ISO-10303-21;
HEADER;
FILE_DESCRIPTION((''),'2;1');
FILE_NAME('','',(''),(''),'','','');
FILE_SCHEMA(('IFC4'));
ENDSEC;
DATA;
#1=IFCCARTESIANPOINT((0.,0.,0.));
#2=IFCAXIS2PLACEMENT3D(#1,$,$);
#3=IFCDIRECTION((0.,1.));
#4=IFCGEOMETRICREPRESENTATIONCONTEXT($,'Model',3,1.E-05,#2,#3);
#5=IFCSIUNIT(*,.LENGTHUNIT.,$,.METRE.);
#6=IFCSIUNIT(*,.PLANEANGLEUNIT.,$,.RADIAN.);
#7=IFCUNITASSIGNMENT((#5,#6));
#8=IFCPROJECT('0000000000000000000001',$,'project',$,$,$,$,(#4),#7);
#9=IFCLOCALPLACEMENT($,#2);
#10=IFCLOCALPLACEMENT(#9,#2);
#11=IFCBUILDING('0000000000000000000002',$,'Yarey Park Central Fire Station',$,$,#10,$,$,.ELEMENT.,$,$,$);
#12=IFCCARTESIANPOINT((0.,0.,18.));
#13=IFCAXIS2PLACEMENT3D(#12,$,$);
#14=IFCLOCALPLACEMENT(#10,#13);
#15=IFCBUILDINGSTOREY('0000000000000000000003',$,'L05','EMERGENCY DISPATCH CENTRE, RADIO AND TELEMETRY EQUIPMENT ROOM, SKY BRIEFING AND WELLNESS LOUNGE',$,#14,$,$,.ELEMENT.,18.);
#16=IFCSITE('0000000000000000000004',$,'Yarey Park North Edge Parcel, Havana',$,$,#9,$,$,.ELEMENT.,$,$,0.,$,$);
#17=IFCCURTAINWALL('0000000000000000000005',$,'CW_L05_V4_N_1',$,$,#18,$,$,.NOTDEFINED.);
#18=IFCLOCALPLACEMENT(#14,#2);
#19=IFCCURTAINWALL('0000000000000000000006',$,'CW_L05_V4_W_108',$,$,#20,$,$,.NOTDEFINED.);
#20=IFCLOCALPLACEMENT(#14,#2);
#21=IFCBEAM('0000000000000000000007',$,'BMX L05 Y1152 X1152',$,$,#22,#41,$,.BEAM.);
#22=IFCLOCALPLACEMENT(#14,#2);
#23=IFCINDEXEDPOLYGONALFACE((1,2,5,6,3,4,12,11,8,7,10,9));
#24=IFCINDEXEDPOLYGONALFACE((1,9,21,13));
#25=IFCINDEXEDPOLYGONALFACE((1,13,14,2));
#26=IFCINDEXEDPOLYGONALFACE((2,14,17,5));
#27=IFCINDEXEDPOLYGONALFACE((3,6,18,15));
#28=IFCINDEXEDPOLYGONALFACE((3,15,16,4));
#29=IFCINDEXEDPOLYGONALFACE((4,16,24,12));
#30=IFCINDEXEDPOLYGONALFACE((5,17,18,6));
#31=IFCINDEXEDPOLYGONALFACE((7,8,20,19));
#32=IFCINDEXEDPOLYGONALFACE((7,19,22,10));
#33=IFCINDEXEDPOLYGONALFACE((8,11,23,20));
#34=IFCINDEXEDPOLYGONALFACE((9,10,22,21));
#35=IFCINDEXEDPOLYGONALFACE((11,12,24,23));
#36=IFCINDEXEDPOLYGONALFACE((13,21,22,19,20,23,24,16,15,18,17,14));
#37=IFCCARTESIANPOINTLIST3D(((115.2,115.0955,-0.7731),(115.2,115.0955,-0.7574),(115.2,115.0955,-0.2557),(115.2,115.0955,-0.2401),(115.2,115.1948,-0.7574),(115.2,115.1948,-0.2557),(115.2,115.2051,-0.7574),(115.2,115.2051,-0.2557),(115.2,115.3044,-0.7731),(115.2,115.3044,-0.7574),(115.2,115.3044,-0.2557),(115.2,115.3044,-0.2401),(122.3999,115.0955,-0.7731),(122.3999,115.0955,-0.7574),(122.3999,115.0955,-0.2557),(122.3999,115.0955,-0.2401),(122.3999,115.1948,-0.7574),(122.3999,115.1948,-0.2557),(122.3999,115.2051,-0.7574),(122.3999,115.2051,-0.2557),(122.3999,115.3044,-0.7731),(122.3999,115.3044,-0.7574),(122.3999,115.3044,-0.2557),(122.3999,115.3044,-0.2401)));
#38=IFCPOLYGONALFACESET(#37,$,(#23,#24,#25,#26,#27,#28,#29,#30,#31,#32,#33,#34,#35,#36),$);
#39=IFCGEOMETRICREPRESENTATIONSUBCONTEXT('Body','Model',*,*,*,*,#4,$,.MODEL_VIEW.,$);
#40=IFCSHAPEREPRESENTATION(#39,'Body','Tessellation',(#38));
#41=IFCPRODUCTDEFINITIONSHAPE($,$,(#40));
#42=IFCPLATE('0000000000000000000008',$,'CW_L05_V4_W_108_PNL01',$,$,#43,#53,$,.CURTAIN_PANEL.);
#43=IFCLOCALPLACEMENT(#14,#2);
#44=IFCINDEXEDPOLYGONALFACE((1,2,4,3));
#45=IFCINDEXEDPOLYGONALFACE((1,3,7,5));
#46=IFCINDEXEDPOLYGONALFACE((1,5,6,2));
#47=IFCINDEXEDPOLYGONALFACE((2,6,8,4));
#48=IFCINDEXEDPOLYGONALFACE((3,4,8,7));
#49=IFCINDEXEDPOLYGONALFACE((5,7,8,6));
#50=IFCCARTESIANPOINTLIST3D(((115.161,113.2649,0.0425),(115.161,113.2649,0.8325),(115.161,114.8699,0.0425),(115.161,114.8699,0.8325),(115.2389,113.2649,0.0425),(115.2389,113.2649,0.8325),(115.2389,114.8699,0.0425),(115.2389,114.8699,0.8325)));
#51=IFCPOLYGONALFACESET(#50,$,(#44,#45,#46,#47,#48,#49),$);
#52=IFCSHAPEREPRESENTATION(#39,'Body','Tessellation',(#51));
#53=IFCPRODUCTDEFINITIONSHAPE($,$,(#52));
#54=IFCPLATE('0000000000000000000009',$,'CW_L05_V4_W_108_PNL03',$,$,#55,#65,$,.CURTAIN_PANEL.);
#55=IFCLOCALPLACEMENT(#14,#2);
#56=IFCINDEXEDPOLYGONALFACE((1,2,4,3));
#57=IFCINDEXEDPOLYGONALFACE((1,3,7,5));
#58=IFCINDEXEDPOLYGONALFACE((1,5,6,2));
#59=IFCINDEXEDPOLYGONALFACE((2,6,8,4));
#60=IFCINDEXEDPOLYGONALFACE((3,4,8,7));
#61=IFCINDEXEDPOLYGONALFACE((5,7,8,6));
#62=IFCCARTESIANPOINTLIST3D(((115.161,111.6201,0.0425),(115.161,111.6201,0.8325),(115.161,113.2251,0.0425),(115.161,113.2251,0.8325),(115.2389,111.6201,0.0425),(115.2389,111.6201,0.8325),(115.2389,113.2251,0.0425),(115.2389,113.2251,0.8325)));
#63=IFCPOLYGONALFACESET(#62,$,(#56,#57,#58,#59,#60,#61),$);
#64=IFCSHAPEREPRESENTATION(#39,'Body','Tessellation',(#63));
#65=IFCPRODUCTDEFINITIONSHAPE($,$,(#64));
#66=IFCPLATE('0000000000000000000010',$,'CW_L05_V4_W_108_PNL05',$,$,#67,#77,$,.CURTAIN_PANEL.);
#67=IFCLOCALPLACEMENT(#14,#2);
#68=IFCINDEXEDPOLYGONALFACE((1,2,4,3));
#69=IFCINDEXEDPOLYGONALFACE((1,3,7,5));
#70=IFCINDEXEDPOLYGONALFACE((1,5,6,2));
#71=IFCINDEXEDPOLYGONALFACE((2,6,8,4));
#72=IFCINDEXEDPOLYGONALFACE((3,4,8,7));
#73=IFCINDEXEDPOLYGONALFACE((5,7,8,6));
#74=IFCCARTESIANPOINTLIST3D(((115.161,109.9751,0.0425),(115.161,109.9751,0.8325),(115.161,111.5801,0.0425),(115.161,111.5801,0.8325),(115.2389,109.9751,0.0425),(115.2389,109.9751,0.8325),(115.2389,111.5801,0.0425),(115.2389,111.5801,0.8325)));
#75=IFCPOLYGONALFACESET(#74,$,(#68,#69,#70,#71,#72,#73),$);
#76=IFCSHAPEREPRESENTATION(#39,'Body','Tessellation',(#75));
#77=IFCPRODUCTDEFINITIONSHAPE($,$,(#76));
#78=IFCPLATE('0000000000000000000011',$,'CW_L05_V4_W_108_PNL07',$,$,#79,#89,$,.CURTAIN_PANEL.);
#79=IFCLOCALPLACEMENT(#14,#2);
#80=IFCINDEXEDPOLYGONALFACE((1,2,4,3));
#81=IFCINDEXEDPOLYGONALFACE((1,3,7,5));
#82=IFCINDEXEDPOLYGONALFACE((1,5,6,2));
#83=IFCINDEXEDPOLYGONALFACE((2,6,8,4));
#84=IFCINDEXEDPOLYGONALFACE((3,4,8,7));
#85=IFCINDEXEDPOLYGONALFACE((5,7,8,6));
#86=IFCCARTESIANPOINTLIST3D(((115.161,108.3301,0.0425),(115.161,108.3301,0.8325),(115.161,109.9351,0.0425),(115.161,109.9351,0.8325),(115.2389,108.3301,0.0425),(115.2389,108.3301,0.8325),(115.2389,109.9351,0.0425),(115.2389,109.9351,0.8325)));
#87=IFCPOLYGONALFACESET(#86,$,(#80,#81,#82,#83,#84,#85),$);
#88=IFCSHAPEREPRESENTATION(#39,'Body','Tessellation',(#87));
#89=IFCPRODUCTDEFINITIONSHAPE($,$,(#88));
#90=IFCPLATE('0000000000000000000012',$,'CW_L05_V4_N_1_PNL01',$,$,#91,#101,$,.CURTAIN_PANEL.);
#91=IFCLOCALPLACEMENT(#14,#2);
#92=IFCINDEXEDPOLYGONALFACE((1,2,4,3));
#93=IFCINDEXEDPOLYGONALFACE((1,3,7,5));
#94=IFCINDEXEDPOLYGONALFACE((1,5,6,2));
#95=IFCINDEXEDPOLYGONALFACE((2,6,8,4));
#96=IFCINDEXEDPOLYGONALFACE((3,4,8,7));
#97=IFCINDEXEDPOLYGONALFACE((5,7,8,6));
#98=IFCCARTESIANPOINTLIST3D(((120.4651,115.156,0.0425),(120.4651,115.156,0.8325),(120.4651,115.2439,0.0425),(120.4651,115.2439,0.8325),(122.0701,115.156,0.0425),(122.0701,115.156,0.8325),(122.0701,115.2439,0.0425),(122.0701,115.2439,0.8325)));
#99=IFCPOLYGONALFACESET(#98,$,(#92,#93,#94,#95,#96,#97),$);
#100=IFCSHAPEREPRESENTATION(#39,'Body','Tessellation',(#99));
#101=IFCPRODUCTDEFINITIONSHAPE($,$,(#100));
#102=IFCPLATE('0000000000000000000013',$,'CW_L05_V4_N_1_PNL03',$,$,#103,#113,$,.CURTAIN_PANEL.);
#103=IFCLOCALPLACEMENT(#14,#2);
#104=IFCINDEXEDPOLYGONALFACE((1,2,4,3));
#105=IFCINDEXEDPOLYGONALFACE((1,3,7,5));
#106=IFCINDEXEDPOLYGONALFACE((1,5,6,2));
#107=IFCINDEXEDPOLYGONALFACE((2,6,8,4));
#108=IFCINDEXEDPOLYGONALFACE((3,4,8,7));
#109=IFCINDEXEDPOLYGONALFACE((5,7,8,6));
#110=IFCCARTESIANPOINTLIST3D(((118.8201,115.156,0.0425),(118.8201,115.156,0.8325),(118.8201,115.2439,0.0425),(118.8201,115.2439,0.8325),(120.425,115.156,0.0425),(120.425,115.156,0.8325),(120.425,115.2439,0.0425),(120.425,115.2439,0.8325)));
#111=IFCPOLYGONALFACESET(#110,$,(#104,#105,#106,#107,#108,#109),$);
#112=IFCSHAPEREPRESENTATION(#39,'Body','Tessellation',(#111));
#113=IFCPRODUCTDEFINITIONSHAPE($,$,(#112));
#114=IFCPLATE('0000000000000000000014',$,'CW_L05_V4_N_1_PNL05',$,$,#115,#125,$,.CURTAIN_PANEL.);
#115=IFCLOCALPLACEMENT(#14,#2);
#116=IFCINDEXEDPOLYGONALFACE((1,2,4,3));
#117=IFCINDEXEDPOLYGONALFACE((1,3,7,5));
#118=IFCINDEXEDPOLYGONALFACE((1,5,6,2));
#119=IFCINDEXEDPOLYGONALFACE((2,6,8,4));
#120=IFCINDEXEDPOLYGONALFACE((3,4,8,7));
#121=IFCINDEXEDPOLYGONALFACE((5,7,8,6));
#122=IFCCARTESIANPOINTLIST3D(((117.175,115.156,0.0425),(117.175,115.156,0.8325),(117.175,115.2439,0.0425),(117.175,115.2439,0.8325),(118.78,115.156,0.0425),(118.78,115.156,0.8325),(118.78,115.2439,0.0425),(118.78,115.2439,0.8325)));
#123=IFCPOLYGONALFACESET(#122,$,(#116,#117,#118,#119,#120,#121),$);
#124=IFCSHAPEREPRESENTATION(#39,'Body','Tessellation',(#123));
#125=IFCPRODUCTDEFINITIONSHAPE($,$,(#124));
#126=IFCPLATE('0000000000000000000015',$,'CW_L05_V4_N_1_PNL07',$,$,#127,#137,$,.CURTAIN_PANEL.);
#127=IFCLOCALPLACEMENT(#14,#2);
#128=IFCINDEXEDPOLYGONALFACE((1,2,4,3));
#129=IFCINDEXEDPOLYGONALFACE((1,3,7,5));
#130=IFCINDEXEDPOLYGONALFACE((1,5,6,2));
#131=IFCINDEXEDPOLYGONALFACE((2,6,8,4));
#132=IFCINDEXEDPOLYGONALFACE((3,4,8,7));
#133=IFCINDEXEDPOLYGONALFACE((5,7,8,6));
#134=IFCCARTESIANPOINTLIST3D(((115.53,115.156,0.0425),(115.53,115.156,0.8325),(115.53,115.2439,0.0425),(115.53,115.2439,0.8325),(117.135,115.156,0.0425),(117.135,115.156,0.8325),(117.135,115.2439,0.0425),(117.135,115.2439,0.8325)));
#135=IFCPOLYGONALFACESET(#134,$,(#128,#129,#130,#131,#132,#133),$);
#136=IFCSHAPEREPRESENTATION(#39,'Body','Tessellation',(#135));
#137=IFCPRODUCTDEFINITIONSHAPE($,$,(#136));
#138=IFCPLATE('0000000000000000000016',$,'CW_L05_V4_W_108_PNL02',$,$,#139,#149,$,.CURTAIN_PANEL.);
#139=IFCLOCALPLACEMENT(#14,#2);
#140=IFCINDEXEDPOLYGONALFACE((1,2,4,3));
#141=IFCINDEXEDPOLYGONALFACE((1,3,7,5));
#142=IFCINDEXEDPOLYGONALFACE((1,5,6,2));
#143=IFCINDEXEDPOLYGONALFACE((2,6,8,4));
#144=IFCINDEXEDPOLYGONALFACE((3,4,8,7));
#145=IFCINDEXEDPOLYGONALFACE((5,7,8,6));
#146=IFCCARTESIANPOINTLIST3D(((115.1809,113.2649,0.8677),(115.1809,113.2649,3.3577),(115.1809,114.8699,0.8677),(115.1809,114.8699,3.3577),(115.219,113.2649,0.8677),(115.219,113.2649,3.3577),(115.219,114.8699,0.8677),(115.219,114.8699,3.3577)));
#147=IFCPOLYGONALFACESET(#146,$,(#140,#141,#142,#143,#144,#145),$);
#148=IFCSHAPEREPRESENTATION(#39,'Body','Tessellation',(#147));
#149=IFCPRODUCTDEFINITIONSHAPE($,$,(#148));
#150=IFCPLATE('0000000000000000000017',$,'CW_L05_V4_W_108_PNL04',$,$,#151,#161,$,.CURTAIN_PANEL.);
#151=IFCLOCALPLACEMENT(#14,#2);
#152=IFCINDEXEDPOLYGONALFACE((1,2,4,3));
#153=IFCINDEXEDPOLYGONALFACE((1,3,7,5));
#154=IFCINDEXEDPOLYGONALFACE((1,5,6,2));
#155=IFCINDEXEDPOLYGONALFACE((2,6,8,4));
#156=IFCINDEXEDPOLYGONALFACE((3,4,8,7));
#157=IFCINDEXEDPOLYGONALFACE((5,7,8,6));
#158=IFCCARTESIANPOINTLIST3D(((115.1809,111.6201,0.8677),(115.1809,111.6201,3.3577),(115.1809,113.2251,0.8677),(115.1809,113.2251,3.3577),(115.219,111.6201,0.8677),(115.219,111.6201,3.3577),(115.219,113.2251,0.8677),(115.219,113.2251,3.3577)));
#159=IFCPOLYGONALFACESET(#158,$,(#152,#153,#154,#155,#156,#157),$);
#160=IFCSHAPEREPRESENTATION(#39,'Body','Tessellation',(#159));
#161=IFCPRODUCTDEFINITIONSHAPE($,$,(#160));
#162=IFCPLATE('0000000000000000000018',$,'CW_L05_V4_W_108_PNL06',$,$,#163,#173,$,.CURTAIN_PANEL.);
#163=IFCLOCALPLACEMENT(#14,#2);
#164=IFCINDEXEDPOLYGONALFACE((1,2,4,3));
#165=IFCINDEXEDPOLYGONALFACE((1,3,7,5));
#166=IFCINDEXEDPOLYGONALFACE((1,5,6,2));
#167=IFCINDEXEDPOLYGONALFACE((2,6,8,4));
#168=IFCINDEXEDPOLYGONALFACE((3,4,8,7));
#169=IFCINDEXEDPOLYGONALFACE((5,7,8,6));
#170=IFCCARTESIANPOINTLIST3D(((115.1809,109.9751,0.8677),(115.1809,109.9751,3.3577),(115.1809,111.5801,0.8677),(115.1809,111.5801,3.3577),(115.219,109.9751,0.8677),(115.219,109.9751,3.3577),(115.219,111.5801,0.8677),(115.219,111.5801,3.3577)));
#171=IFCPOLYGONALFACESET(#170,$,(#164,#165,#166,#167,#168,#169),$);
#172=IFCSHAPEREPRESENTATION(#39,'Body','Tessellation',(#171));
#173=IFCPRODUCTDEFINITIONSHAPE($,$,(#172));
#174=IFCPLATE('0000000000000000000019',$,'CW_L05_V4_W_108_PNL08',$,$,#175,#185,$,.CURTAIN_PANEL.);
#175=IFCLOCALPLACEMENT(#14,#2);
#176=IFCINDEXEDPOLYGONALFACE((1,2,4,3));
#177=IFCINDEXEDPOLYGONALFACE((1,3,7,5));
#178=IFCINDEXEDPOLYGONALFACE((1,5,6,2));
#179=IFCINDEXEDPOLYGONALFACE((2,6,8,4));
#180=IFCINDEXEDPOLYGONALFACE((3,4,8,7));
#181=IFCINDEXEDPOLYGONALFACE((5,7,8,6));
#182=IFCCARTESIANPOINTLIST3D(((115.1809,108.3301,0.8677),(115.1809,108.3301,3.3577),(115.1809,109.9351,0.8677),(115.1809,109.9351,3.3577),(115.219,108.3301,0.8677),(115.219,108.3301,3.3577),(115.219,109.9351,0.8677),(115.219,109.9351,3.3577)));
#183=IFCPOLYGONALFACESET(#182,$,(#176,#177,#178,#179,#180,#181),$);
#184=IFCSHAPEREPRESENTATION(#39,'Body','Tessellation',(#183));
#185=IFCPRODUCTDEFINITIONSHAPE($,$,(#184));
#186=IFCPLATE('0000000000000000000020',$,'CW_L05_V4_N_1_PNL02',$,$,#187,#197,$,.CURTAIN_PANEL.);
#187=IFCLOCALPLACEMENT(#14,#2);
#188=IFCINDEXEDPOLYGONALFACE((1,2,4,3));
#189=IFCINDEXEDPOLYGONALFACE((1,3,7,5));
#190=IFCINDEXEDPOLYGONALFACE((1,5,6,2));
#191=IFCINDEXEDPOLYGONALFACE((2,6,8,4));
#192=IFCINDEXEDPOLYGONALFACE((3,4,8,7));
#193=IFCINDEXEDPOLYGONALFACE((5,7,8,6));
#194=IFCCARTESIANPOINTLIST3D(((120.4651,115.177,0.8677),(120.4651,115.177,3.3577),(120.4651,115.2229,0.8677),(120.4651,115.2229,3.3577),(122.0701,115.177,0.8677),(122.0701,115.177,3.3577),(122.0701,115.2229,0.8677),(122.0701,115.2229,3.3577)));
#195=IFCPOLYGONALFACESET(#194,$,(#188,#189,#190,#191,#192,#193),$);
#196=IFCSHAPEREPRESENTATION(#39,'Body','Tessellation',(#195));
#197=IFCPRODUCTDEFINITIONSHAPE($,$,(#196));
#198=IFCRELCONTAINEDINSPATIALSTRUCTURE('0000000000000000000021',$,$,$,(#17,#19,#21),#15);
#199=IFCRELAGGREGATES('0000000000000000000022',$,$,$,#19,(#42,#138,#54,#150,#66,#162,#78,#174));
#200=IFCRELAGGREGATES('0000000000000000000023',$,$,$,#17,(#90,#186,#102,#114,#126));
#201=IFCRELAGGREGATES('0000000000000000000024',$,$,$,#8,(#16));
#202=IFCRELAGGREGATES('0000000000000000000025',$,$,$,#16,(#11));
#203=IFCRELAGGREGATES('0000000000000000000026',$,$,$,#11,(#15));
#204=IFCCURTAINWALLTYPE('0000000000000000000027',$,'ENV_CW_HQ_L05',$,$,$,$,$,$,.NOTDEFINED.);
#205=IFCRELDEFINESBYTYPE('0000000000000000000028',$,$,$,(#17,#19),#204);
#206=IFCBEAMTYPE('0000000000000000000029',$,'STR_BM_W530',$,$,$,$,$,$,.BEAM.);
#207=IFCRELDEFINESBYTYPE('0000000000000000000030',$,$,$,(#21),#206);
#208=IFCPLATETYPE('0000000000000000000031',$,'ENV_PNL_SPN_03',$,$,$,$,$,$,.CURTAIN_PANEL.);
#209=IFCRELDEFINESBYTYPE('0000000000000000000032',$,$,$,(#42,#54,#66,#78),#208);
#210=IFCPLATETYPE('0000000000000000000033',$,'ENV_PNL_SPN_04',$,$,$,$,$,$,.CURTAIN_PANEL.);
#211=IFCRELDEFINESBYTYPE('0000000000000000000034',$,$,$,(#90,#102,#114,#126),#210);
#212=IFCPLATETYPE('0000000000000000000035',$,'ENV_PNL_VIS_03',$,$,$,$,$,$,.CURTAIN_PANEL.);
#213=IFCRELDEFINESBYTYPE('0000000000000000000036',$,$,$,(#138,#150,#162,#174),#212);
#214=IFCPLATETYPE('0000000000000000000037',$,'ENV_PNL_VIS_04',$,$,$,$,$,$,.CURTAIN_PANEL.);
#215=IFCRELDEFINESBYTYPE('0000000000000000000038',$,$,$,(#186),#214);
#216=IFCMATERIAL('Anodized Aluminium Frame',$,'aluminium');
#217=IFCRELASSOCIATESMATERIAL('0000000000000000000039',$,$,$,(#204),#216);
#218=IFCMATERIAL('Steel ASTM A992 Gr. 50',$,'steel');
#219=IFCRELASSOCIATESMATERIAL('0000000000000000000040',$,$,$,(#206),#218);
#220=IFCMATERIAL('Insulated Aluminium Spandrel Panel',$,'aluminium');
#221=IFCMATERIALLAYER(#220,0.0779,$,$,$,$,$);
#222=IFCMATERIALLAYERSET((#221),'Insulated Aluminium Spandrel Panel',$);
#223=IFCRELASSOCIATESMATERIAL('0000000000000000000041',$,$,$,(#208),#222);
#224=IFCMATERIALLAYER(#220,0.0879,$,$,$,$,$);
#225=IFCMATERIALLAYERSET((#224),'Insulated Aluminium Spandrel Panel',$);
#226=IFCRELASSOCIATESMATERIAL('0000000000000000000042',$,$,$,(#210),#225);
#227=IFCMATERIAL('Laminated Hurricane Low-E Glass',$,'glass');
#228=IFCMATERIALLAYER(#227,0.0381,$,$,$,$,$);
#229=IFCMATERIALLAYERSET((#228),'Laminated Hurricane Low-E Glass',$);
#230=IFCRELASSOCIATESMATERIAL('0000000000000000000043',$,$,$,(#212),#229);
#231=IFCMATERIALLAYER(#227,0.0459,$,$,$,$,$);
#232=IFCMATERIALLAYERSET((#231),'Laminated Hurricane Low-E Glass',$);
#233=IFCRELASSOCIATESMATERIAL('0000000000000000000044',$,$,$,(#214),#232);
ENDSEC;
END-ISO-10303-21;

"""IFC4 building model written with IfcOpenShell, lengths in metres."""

from ifc_helpers import new_model, si_unit, direction, frame, origin, origin_2d, place, context, subcontext, project, spatial, rectangle, i_section, extrude, material, layer, layer_set, material_profile, profile_set, type_object, element, aggregate, save


model = new_model("IFC4")

# Units and contexts
model_context = context("Model", 3, precision=1e-05, world=origin(), true_north=direction((0.0, 1.0)))
body_context = subcontext(model_context, "Body", "Model", "MODEL_VIEW")
ifc_project = project(units=[si_unit("LENGTHUNIT", "METRE"), si_unit("PLANEANGLEUNIT", "RADIAN")], contexts=[model_context])

# Site, building, storey
site_placement = place(None, origin())
site = spatial("IfcSite", under=ifc_project, at=site_placement, Name="Yarey Park North Edge Parcel, Havana", CompositionType="ELEMENT", RefElevation=0.0)
building_placement = place(site_placement, origin())
building = spatial("IfcBuilding", under=site, at=building_placement, Name="Yarey Park Central Fire Station", CompositionType="ELEMENT")
storey_placement = place(building_placement, frame((0.0, 0.0, 18.0)))
storey = spatial("IfcBuildingStorey", under=building, at=storey_placement, Name="L05", Description="EMERGENCY DISPATCH CENTRE, RADIO AND TELEMETRY EQUIPMENT ROOM, SKY BRIEFING AND WELLNESS LOUNGE", CompositionType="ELEMENT", Elevation=18.0)

# Curtain walls
ifc_material_1 = material(Name="Anodized Aluminium Frame", Category="aluminium")
curtain_wall_type = type_object("IfcCurtainWallType", Name="ENV_CW_HQ_L05", PredefinedType="NOTDEFINED", material=ifc_material_1)
curtain_wall_1_placement = place(storey_placement, origin())
curtain_wall_1 = element("IfcCurtainWall", 1, at=curtain_wall_1_placement, inside=storey, type_object=curtain_wall_type, Name="CW_L05_V4_N_1", PredefinedType="NOTDEFINED")
curtain_wall_2_placement = place(storey_placement, origin())
curtain_wall_2 = element("IfcCurtainWall", 2, at=curtain_wall_2_placement, inside=storey, type_object=curtain_wall_type, Name="CW_L05_V4_W_108", PredefinedType="NOTDEFINED")

# Beam
ifc_material_2 = material(Name="Steel ASTM A992 Gr. 50", Category="steel")
ifc_material_profile_1 = material_profile(ifc_material_2, i_section(OverallWidth=0.209, OverallDepth=0.533, WebThickness=0.0103, FlangeThickness=0.0156, at=origin_2d()), Name="W530x92")
ifc_profile_set_1 = profile_set([ifc_material_profile_1], Name="Steel ASTM A992 Gr. 50")
beam_type = type_object("IfcBeamType", Name="STR_BM_W530", PredefinedType="BEAM", material=ifc_profile_set_1)
beam_placement = place(storey_placement, frame((115.2, 115.2, -0.5066), z_axis=(1.0, 0.0, 0.0), x_axis=(0.0, 1.0, 0.0)))
element("IfcBeam", 3, at=beam_placement, inside=storey, type_object=beam_type, Name="BMX L05 Y1152 X1152", PredefinedType="BEAM", context=body_context, shape_type="SweptSolid", body=[
    extrude(i_section(OverallWidth=0.209, OverallDepth=0.533, WebThickness=0.0103, FlangeThickness=0.0156, at=origin_2d()), origin(), (0.0, 0.0, 1.0), 7.2),
])

# Plates
ifc_material_3 = material(Name="Insulated Aluminium Spandrel Panel", Category="aluminium")
ifc_layer_1 = layer(ifc_material_3, 0.0779)
ifc_layer_set_1 = layer_set([ifc_layer_1], Name="Insulated Aluminium Spandrel Panel")
plate_type_1 = type_object("IfcPlateType", Name="ENV_PNL_SPN_03", PredefinedType="CURTAIN_PANEL", material=ifc_layer_set_1)
plate_1_placement = place(storey_placement, frame((115.2, 114.0674, 0.0425), z_axis=(0.0, 0.0, 1.0), x_axis=(0.0, -1.0, 0.0)))
plate_1 = element("IfcPlate", 4, at=plate_1_placement, type_object=plate_type_1, Name="CW_L05_V4_W_108_PNL01", PredefinedType="CURTAIN_PANEL", context=body_context, shape_type="SweptSolid", body=[
    extrude(rectangle(XDim=1.605, YDim=0.0779, at=origin_2d()), origin(), (0.0, 0.0, 1.0), 0.79),
])
plate_2_placement = place(storey_placement, frame((115.2, 112.4226, 0.0425), z_axis=(0.0, 0.0, 1.0), x_axis=(0.0, -1.0, 0.0)))
plate_2 = element("IfcPlate", 5, at=plate_2_placement, type_object=plate_type_1, Name="CW_L05_V4_W_108_PNL03", PredefinedType="CURTAIN_PANEL", context=body_context, shape_type="SweptSolid", body=[
    extrude(rectangle(XDim=1.605, YDim=0.0779, at=origin_2d()), origin(), (0.0, 0.0, 1.0), 0.79),
])
plate_3_placement = place(storey_placement, frame((115.2, 110.7776, 0.0425), z_axis=(0.0, 0.0, 1.0), x_axis=(0.0, -1.0, 0.0)))
plate_3 = element("IfcPlate", 6, at=plate_3_placement, type_object=plate_type_1, Name="CW_L05_V4_W_108_PNL05", PredefinedType="CURTAIN_PANEL", context=body_context, shape_type="SweptSolid", body=[
    extrude(rectangle(XDim=1.605, YDim=0.0779, at=origin_2d()), origin(), (0.0, 0.0, 1.0), 0.79),
])
plate_4_placement = place(storey_placement, frame((115.2, 109.1326, 0.0425), z_axis=(0.0, 0.0, 1.0), x_axis=(0.0, -1.0, 0.0)))
plate_4 = element("IfcPlate", 7, at=plate_4_placement, type_object=plate_type_1, Name="CW_L05_V4_W_108_PNL07", PredefinedType="CURTAIN_PANEL", context=body_context, shape_type="SweptSolid", body=[
    extrude(rectangle(XDim=1.605, YDim=0.0779, at=origin_2d()), origin(), (0.0, 0.0, 1.0), 0.79),
])
ifc_layer_2 = layer(ifc_material_3, 0.0879)
ifc_layer_set_2 = layer_set([ifc_layer_2], Name="Insulated Aluminium Spandrel Panel")
plate_type_2 = type_object("IfcPlateType", Name="ENV_PNL_SPN_04", PredefinedType="CURTAIN_PANEL", material=ifc_layer_set_2)
plate_5_placement = place(storey_placement, frame((121.2676, 115.2, 0.0425), z_axis=(0.0, 0.0, 1.0), x_axis=(-1.0, 0.0, 0.0)))
plate_5 = element("IfcPlate", 8, at=plate_5_placement, type_object=plate_type_2, Name="CW_L05_V4_N_1_PNL01", PredefinedType="CURTAIN_PANEL", context=body_context, shape_type="SweptSolid", body=[
    extrude(rectangle(XDim=1.605, YDim=0.0879, at=origin_2d()), origin(), (0.0, 0.0, 1.0), 0.79),
])
plate_6_placement = place(storey_placement, frame((119.6226, 115.2, 0.0425), z_axis=(0.0, 0.0, 1.0), x_axis=(-1.0, 0.0, 0.0)))
plate_6 = element("IfcPlate", 9, at=plate_6_placement, type_object=plate_type_2, Name="CW_L05_V4_N_1_PNL03", PredefinedType="CURTAIN_PANEL", context=body_context, shape_type="SweptSolid", body=[
    extrude(rectangle(XDim=1.605, YDim=0.0879, at=origin_2d()), origin(), (0.0, 0.0, 1.0), 0.79),
])
plate_7_placement = place(storey_placement, frame((117.9775, 115.2, 0.0425), z_axis=(0.0, 0.0, 1.0), x_axis=(-1.0, 0.0, 0.0)))
plate_7 = element("IfcPlate", 10, at=plate_7_placement, type_object=plate_type_2, Name="CW_L05_V4_N_1_PNL05", PredefinedType="CURTAIN_PANEL", context=body_context, shape_type="SweptSolid", body=[
    extrude(rectangle(XDim=1.605, YDim=0.0879, at=origin_2d()), origin(), (0.0, 0.0, 1.0), 0.79),
])
plate_8_placement = place(storey_placement, frame((116.3325, 115.2, 0.0425), z_axis=(0.0, 0.0, 1.0), x_axis=(-1.0, 0.0, 0.0)))
plate_8 = element("IfcPlate", 11, at=plate_8_placement, type_object=plate_type_2, Name="CW_L05_V4_N_1_PNL07", PredefinedType="CURTAIN_PANEL", context=body_context, shape_type="SweptSolid", body=[
    extrude(rectangle(XDim=1.605, YDim=0.0879, at=origin_2d()), origin(), (0.0, 0.0, 1.0), 0.79),
])
ifc_material_4 = material(Name="Laminated Hurricane Low-E Glass", Category="glass")
ifc_layer_3 = layer(ifc_material_4, 0.0381)
ifc_layer_set_3 = layer_set([ifc_layer_3], Name="Laminated Hurricane Low-E Glass")
plate_type_3 = type_object("IfcPlateType", Name="ENV_PNL_VIS_03", PredefinedType="CURTAIN_PANEL", material=ifc_layer_set_3)
plate_9_placement = place(storey_placement, frame((115.2, 114.0674, 0.8677), z_axis=(0.0, 0.0, 1.0), x_axis=(0.0, -1.0, 0.0)))
plate_9 = element("IfcPlate", 12, at=plate_9_placement, type_object=plate_type_3, Name="CW_L05_V4_W_108_PNL02", PredefinedType="CURTAIN_PANEL", context=body_context, shape_type="SweptSolid", body=[
    extrude(rectangle(XDim=1.605, YDim=0.0381, at=origin_2d()), origin(), (0.0, 0.0, 1.0), 2.49),
])
plate_10_placement = place(storey_placement, frame((115.2, 112.4226, 0.8677), z_axis=(0.0, 0.0, 1.0), x_axis=(0.0, -1.0, 0.0)))
plate_10 = element("IfcPlate", 13, at=plate_10_placement, type_object=plate_type_3, Name="CW_L05_V4_W_108_PNL04", PredefinedType="CURTAIN_PANEL", context=body_context, shape_type="SweptSolid", body=[
    extrude(rectangle(XDim=1.605, YDim=0.0381, at=origin_2d()), origin(), (0.0, 0.0, 1.0), 2.49),
])
plate_11_placement = place(storey_placement, frame((115.2, 110.7776, 0.8677), z_axis=(0.0, 0.0, 1.0), x_axis=(0.0, -1.0, 0.0)))
plate_11 = element("IfcPlate", 14, at=plate_11_placement, type_object=plate_type_3, Name="CW_L05_V4_W_108_PNL06", PredefinedType="CURTAIN_PANEL", context=body_context, shape_type="SweptSolid", body=[
    extrude(rectangle(XDim=1.605, YDim=0.0381, at=origin_2d()), origin(), (0.0, 0.0, 1.0), 2.49),
])
plate_12_placement = place(storey_placement, frame((115.2, 109.1326, 0.8677), z_axis=(0.0, 0.0, 1.0), x_axis=(0.0, -1.0, 0.0)))
plate_12 = element("IfcPlate", 15, at=plate_12_placement, type_object=plate_type_3, Name="CW_L05_V4_W_108_PNL08", PredefinedType="CURTAIN_PANEL", context=body_context, shape_type="SweptSolid", body=[
    extrude(rectangle(XDim=1.605, YDim=0.0381, at=origin_2d()), origin(), (0.0, 0.0, 1.0), 2.49),
])
aggregate(curtain_wall_2, [plate_1, plate_9, plate_2, plate_10, plate_3, plate_11, plate_4, plate_12])
ifc_layer_4 = layer(ifc_material_4, 0.0459)
ifc_layer_set_4 = layer_set([ifc_layer_4], Name="Laminated Hurricane Low-E Glass")
plate_type_4 = type_object("IfcPlateType", Name="ENV_PNL_VIS_04", PredefinedType="CURTAIN_PANEL", material=ifc_layer_set_4)
plate_13_placement = place(storey_placement, frame((121.2676, 115.2, 0.8677), z_axis=(0.0, 0.0, 1.0), x_axis=(-1.0, 0.0, 0.0)))
plate_13 = element("IfcPlate", 16, at=plate_13_placement, type_object=plate_type_4, Name="CW_L05_V4_N_1_PNL02", PredefinedType="CURTAIN_PANEL", context=body_context, shape_type="SweptSolid", body=[
    extrude(rectangle(XDim=1.605, YDim=0.0459, at=origin_2d()), origin(), (0.0, 0.0, 1.0), 2.49),
])
aggregate(curtain_wall_1, [plate_5, plate_13, plate_6, plate_7, plate_8])

save(model, "model.ifc")
